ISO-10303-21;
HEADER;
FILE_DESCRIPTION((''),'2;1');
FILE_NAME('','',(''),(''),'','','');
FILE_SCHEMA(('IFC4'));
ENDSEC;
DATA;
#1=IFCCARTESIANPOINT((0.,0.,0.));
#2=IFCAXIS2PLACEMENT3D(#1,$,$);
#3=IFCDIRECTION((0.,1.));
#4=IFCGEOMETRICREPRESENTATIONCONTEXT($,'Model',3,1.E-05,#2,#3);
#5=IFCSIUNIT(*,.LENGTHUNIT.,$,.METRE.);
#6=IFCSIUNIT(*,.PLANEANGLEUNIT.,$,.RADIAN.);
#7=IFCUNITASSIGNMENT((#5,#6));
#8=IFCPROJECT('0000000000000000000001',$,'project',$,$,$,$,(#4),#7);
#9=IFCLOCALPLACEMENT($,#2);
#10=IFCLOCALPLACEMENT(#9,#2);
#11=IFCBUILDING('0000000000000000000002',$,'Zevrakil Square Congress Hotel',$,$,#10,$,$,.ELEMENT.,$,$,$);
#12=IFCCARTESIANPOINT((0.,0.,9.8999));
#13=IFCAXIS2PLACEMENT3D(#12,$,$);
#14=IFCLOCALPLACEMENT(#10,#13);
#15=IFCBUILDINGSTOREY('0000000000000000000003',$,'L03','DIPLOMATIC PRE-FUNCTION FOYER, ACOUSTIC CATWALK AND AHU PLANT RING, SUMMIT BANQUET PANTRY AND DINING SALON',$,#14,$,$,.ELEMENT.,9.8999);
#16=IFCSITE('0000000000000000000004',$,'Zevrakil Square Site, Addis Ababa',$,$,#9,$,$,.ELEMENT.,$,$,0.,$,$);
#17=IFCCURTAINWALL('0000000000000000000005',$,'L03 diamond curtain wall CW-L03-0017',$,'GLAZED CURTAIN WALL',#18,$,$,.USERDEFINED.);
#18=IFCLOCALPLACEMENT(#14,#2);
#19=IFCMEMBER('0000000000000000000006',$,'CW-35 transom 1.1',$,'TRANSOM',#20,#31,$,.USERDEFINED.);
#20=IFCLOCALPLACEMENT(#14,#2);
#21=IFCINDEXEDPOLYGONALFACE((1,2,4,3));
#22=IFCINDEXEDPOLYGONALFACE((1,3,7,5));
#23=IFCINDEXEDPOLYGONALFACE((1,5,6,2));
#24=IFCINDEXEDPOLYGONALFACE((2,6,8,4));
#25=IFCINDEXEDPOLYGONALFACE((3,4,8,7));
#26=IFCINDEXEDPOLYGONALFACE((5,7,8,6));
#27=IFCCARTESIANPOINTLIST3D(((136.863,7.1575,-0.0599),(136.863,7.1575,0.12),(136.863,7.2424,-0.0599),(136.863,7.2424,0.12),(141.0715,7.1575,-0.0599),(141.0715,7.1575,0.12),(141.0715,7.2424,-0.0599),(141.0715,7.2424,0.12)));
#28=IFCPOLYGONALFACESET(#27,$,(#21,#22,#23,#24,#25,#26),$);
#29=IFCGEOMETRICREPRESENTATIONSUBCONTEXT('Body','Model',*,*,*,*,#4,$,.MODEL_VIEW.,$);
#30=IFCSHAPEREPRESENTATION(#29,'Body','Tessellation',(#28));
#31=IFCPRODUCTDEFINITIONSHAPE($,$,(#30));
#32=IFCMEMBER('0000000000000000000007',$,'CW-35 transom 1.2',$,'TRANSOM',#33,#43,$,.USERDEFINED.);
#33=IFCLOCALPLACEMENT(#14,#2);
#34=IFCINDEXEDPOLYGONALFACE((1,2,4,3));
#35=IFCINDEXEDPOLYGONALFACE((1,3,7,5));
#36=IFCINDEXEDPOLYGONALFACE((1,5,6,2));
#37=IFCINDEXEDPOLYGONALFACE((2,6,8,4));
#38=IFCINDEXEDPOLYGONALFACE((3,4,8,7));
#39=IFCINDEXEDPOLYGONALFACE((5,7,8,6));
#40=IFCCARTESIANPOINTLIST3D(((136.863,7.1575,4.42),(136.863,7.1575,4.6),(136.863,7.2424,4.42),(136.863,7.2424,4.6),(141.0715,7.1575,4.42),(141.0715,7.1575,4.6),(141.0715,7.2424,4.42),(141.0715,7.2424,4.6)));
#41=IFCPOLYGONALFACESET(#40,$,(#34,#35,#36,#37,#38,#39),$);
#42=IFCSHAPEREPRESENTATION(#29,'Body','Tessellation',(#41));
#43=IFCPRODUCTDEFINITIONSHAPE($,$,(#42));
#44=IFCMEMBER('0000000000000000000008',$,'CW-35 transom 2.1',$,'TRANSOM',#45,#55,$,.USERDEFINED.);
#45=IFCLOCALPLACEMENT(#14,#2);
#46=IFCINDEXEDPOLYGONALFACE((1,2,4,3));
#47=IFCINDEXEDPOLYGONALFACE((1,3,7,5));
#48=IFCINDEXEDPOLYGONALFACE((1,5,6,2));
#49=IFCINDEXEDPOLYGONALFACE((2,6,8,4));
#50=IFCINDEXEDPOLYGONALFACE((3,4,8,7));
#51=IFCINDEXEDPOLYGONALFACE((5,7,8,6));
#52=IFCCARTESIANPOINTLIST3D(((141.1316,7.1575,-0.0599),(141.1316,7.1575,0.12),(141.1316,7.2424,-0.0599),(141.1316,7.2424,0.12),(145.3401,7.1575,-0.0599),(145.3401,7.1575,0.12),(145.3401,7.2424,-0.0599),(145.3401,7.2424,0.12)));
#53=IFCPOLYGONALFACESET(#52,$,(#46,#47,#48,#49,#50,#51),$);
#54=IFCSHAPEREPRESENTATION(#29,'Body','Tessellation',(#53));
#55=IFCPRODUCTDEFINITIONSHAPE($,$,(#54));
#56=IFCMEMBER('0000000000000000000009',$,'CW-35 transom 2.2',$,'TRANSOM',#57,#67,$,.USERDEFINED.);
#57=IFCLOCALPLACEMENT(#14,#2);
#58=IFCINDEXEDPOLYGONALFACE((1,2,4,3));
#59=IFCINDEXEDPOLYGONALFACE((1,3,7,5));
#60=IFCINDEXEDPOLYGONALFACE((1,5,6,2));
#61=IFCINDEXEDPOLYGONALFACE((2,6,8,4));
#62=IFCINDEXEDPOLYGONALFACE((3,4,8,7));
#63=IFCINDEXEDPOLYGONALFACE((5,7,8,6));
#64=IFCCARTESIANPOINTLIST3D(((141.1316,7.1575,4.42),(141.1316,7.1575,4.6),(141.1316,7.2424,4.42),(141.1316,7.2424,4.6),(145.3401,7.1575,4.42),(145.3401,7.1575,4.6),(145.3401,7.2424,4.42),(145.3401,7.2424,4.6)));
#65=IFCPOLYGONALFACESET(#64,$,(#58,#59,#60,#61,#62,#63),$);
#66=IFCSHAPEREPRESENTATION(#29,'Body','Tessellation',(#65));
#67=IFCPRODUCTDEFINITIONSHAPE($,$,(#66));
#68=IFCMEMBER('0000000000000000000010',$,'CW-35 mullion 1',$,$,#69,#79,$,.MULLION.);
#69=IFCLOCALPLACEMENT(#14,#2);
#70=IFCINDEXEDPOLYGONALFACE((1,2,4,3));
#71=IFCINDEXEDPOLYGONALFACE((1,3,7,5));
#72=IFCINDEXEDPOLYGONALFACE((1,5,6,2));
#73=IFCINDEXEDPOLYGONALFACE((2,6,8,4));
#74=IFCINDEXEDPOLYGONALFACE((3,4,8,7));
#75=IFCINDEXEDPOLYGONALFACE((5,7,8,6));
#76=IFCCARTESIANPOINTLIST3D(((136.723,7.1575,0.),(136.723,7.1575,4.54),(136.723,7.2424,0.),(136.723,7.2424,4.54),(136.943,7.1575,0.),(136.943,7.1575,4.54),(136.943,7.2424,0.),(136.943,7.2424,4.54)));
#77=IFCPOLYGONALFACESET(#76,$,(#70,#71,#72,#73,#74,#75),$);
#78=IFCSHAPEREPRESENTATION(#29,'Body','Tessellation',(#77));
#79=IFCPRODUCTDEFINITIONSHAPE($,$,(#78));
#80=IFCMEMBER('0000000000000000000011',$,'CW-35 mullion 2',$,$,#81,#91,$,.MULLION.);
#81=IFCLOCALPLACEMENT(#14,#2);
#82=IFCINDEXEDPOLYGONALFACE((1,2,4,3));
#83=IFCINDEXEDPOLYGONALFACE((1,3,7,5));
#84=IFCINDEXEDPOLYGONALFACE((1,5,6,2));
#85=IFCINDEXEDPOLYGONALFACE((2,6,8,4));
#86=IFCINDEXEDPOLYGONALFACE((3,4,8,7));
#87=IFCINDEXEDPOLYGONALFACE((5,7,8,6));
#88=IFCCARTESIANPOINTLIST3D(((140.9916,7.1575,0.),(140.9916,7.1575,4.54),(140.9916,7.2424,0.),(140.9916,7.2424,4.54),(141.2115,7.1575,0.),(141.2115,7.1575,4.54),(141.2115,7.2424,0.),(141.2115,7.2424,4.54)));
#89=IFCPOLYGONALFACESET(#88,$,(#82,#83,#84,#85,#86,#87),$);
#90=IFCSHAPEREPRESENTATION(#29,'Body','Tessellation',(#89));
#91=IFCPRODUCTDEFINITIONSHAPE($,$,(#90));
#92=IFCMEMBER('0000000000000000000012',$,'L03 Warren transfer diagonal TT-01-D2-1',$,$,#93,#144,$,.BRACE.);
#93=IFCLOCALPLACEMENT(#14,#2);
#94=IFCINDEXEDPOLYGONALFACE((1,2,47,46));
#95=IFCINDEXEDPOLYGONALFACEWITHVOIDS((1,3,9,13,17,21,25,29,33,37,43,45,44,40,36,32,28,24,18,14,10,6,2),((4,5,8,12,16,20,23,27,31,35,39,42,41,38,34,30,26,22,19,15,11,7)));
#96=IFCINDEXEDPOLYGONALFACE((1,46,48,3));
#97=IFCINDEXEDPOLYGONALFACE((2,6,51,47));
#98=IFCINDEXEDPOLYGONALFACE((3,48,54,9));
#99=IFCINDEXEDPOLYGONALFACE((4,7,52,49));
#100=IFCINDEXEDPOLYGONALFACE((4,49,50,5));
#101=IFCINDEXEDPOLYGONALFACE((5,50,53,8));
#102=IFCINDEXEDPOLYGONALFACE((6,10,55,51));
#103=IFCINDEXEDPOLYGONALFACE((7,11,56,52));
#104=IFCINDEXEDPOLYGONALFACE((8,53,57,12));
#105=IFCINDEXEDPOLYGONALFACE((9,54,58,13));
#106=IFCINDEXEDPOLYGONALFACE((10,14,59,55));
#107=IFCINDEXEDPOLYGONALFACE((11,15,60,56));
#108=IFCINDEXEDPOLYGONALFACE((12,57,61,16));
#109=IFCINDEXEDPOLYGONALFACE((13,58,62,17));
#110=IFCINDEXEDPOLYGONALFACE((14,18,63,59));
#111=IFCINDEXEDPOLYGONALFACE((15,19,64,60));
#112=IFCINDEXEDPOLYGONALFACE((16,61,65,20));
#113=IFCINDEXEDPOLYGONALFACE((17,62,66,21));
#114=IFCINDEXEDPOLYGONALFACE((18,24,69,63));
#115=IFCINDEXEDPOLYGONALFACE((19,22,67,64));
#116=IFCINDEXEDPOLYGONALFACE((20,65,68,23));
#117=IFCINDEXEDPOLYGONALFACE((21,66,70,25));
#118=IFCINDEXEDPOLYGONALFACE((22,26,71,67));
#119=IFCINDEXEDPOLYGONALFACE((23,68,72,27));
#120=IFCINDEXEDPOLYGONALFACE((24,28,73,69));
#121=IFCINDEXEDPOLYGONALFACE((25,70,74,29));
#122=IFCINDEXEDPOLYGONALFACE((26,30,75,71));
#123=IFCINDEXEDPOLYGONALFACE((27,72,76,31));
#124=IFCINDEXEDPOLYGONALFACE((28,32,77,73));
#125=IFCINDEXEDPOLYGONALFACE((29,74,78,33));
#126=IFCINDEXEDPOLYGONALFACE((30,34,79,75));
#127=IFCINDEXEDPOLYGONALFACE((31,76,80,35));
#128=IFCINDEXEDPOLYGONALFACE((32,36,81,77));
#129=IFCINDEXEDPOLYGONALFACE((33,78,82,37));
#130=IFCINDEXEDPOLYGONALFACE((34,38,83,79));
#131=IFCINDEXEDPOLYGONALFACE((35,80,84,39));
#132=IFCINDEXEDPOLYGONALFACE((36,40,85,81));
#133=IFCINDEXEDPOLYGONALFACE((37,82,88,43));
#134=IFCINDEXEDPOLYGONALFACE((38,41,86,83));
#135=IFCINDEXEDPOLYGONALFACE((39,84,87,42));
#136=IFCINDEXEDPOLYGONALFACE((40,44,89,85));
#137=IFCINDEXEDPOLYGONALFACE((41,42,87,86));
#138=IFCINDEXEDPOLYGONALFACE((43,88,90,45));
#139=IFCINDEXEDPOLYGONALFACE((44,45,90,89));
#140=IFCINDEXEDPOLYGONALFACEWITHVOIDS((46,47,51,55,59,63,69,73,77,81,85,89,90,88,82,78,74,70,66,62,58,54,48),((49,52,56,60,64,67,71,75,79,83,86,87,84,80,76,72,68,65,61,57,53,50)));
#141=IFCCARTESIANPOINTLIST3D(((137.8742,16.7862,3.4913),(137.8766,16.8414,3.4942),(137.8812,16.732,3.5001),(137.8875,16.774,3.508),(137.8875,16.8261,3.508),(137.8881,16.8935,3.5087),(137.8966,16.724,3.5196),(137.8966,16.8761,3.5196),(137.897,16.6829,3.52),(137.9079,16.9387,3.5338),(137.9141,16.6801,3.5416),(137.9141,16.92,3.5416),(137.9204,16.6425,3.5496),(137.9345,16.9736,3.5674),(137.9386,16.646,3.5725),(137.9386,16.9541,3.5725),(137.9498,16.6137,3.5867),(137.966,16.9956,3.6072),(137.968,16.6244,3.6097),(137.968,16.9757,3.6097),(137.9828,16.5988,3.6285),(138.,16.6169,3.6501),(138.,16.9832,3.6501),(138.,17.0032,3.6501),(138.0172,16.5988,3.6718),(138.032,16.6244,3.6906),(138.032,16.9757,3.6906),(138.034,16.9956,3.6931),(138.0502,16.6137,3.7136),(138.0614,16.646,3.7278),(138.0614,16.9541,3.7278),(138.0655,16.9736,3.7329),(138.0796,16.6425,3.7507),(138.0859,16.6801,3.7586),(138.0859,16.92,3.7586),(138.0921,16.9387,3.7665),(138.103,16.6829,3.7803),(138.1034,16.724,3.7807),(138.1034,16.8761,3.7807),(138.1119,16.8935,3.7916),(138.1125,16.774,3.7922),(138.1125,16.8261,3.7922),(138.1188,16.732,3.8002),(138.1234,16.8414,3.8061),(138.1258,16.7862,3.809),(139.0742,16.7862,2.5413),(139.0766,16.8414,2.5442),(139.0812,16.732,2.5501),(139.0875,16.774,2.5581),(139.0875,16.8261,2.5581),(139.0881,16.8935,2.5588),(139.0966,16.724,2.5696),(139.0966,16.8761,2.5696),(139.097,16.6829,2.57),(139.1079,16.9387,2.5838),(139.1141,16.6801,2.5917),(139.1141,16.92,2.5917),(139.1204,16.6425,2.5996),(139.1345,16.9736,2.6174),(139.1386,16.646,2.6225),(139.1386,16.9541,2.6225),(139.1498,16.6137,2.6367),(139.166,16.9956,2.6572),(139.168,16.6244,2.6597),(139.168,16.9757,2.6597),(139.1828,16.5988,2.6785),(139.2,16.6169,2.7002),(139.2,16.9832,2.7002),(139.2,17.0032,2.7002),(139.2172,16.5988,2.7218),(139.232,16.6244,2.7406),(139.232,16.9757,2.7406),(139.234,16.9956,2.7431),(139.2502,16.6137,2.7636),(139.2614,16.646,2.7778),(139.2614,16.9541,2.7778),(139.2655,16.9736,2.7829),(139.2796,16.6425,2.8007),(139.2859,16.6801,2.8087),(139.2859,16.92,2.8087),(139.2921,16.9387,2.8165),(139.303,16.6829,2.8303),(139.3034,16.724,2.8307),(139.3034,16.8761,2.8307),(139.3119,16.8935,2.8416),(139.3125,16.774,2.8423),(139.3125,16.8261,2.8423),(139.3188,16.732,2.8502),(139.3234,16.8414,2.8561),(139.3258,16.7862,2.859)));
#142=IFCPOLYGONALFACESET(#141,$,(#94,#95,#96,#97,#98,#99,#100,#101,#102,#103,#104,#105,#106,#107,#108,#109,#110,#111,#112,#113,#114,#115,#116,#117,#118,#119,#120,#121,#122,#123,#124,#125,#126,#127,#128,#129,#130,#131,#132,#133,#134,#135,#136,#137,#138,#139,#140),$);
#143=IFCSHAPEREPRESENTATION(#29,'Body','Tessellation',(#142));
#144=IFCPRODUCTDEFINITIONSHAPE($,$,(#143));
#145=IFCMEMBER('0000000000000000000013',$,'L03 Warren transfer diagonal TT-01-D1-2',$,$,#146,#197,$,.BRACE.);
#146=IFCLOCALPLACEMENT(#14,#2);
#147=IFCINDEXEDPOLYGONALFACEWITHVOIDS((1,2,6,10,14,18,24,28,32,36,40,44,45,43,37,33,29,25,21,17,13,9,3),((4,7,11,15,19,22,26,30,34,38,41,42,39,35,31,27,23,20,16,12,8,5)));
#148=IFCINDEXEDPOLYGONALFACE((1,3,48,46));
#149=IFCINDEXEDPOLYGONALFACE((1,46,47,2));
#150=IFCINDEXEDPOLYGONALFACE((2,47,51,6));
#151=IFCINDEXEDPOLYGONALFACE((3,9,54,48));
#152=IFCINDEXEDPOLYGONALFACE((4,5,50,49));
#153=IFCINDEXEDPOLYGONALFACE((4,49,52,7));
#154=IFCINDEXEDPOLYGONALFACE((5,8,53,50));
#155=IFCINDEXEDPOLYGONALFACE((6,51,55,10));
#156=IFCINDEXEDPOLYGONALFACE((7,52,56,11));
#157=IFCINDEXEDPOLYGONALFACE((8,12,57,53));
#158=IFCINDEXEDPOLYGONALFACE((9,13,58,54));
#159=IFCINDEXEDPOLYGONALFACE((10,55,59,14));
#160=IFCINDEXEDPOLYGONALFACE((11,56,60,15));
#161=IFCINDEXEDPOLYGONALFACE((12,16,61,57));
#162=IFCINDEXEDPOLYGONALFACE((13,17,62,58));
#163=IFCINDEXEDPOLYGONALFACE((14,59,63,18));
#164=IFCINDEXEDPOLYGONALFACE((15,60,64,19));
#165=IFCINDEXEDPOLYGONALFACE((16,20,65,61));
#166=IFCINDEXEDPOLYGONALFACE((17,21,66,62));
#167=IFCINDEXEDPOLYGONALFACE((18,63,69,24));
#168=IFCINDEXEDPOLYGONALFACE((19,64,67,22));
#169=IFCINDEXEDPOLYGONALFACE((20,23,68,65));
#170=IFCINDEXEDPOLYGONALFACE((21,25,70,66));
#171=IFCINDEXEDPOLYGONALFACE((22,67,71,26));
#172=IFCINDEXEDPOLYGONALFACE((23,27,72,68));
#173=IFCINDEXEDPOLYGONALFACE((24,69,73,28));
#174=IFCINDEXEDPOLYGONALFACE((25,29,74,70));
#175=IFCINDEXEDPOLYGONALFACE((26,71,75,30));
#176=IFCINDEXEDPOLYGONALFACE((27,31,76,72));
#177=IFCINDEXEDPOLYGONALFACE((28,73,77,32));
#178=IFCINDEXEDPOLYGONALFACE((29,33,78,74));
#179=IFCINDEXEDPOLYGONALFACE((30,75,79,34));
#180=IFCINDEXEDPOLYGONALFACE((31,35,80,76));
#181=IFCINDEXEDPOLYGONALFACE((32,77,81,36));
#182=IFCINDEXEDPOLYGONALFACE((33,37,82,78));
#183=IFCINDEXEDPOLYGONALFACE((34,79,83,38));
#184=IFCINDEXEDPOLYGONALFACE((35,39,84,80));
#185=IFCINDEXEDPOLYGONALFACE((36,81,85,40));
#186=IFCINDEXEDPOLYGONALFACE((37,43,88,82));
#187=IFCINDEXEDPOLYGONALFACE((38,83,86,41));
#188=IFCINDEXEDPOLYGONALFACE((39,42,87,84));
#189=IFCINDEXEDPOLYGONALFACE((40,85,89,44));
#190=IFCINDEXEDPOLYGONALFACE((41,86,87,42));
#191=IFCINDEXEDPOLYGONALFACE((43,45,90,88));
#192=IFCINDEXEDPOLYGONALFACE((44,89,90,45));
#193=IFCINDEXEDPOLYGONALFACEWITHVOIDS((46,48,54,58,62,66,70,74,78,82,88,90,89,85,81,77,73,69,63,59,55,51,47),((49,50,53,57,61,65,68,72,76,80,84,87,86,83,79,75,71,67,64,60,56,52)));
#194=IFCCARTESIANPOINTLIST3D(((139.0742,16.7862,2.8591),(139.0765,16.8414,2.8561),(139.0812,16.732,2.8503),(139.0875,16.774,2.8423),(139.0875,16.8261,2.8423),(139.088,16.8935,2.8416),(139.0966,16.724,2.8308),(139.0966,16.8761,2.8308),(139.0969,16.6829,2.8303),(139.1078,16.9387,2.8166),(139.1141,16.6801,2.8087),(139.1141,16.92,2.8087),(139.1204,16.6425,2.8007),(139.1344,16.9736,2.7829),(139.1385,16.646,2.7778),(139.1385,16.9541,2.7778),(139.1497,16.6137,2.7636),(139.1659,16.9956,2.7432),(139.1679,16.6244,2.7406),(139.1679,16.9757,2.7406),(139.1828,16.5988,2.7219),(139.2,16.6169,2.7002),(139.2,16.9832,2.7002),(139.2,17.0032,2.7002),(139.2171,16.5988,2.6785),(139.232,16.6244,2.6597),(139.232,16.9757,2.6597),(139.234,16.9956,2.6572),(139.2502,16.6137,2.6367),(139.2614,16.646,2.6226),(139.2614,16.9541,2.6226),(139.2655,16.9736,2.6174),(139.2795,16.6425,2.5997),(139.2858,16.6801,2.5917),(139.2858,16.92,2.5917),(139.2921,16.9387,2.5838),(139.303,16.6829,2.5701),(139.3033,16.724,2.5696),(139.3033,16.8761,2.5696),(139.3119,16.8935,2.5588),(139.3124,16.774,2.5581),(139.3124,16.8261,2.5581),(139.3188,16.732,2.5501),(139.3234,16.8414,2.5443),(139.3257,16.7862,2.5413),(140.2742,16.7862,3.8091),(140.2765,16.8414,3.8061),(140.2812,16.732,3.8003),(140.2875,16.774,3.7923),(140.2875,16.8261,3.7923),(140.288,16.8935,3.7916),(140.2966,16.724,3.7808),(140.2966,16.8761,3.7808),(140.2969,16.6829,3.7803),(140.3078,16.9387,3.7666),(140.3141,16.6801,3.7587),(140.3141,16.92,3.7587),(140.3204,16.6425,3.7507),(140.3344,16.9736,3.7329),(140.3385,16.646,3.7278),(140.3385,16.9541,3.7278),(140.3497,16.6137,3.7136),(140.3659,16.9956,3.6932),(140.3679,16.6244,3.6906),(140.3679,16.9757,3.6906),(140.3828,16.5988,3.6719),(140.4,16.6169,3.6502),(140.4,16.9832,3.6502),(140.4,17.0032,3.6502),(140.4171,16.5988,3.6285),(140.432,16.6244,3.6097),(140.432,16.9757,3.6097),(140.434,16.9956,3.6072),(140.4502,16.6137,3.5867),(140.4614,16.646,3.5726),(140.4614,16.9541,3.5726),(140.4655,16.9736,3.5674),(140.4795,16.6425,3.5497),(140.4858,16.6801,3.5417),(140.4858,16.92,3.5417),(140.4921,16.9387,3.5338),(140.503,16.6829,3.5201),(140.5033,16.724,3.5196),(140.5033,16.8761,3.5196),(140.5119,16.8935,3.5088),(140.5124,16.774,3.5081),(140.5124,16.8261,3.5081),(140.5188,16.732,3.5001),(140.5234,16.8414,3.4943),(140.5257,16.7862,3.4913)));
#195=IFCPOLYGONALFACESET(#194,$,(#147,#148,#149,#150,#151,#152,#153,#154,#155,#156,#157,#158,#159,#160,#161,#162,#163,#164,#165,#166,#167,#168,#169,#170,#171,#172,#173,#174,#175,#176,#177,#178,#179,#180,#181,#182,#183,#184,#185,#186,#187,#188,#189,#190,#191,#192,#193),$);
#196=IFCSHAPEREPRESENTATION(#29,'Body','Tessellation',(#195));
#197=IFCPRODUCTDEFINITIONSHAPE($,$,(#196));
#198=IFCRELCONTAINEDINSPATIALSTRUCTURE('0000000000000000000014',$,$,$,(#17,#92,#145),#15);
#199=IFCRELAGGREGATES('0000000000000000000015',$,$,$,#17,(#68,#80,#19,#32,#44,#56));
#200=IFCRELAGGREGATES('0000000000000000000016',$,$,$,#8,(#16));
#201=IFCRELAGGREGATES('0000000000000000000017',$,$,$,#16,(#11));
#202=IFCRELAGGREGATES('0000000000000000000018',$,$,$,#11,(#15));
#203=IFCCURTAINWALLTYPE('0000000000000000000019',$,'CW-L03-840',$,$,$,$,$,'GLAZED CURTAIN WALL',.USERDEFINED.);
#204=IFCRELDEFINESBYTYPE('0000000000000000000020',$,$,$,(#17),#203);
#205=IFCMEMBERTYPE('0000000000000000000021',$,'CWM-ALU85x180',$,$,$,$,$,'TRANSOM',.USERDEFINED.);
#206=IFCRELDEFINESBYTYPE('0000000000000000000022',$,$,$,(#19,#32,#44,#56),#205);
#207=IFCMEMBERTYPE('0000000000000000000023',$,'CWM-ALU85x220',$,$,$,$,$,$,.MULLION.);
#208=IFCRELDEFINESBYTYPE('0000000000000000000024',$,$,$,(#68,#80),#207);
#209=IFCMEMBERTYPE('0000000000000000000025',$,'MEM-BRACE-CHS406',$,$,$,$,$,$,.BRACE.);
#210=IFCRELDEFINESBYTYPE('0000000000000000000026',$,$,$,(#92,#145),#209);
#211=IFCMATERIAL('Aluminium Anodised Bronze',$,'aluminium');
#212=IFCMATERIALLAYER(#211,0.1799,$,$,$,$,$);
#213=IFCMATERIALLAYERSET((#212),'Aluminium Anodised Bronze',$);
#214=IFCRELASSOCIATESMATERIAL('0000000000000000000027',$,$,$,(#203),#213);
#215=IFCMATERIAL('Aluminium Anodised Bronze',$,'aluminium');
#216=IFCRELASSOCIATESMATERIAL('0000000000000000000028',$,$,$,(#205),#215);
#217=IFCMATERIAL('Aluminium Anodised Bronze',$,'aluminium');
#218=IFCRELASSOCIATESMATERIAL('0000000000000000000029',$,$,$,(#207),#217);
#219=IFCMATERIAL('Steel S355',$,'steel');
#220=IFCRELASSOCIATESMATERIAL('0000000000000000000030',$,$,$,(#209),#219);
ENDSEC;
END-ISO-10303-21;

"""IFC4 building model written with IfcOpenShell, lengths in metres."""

from ifc_helpers import new_model, si_unit, direction, frame, origin, origin_2d, place, context, subcontext, project, spatial, rectangle, hollow_circle, extrude, material, layer, layer_set, material_profile, profile_set, type_object, element, aggregate, save


model = new_model("IFC4")

# Units and contexts
model_context = context("Model", 3, precision=1e-05, world=origin(), true_north=direction((0.0, 1.0)))
body_context = subcontext(model_context, "Body", "Model", "MODEL_VIEW")
ifc_project = project(units=[si_unit("LENGTHUNIT", "METRE"), si_unit("PLANEANGLEUNIT", "RADIAN")], contexts=[model_context])

# Site, building, storey
site_placement = place(None, origin())
site = spatial("IfcSite", under=ifc_project, at=site_placement, Name="Zevrakil Square Site, Addis Ababa", CompositionType="ELEMENT", RefElevation=0.0)
building_placement = place(site_placement, origin())
building = spatial("IfcBuilding", under=site, at=building_placement, Name="Zevrakil Square Congress Hotel", CompositionType="ELEMENT")
storey_placement = place(building_placement, frame((0.0, 0.0, 9.8999)))
storey = spatial("IfcBuildingStorey", under=building, at=storey_placement, Name="L03", Description="DIPLOMATIC PRE-FUNCTION FOYER, ACOUSTIC CATWALK AND AHU PLANT RING, SUMMIT BANQUET PANTRY AND DINING SALON", CompositionType="ELEMENT", Elevation=9.8999)

# Curtain wall, members
ifc_material_1 = material(Name="Aluminium Anodised Bronze", Category="aluminium")
ifc_layer_1 = layer(ifc_material_1, 0.1799)
ifc_layer_set_1 = layer_set([ifc_layer_1], Name="Aluminium Anodised Bronze")
curtain_wall_type = type_object("IfcCurtainWallType", Name="CW-L03-840", ElementType="GLAZED CURTAIN WALL", PredefinedType="USERDEFINED", material=ifc_layer_set_1)
curtain_wall_placement = place(storey_placement, origin())
curtain_wall = element("IfcCurtainWall", 1, at=curtain_wall_placement, inside=storey, type_object=curtain_wall_type, Name="L03 diamond curtain wall CW-L03-0017", ObjectType="GLAZED CURTAIN WALL", PredefinedType="USERDEFINED")
ifc_material_2 = material(Name="Aluminium Anodised Bronze", Category="aluminium")
ifc_material_profile_1 = material_profile(ifc_material_2, rectangle(XDim=0.085, YDim=0.1799, at=origin_2d()), Name="ALU 85x180")
ifc_profile_set_1 = profile_set([ifc_material_profile_1], Name="Aluminium Anodised Bronze")
member_type_1 = type_object("IfcMemberType", Name="CWM-ALU85x180", ElementType="TRANSOM", PredefinedType="USERDEFINED", material=ifc_profile_set_1)
member_1_placement = place(storey_placement, frame((136.863, 7.2, 0.03), z_axis=(1.0, 0.0, 0.0), x_axis=(0.0, 1.0, 0.0)))
member_1 = element("IfcMember", 2, at=member_1_placement, type_object=member_type_1, Name="CW-35 transom 1.1", ObjectType="TRANSOM", PredefinedType="USERDEFINED", context=body_context, shape_type="SweptSolid", body=[
    extrude(rectangle(XDim=0.085, YDim=0.1799, at=origin_2d()), origin(), (0.0, 0.0, 1.0), 4.2085),
])
member_2_placement = place(storey_placement, frame((136.863, 7.2, 4.51), z_axis=(1.0, 0.0, 0.0), x_axis=(0.0, 1.0, 0.0)))
member_2 = element("IfcMember", 3, at=member_2_placement, type_object=member_type_1, Name="CW-35 transom 1.2", ObjectType="TRANSOM", PredefinedType="USERDEFINED", context=body_context, shape_type="SweptSolid", body=[
    extrude(rectangle(XDim=0.085, YDim=0.1799, at=origin_2d()), origin(), (0.0, 0.0, 1.0), 4.2085),
])
member_3_placement = place(storey_placement, frame((141.1316, 7.2, 0.03), z_axis=(1.0, 0.0, 0.0), x_axis=(0.0, 1.0, 0.0)))
member_3 = element("IfcMember", 4, at=member_3_placement, type_object=member_type_1, Name="CW-35 transom 2.1", ObjectType="TRANSOM", PredefinedType="USERDEFINED", context=body_context, shape_type="SweptSolid", body=[
    extrude(rectangle(XDim=0.085, YDim=0.1799, at=origin_2d()), origin(), (0.0, 0.0, 1.0), 4.2085),
])
member_4_placement = place(storey_placement, frame((141.1316, 7.2, 4.51), z_axis=(1.0, 0.0, 0.0), x_axis=(0.0, 1.0, 0.0)))
member_4 = element("IfcMember", 5, at=member_4_placement, type_object=member_type_1, Name="CW-35 transom 2.2", ObjectType="TRANSOM", PredefinedType="USERDEFINED", context=body_context, shape_type="SweptSolid", body=[
    extrude(rectangle(XDim=0.085, YDim=0.1799, at=origin_2d()), origin(), (0.0, 0.0, 1.0), 4.2085),
])
ifc_material_3 = material(Name="Aluminium Anodised Bronze", Category="aluminium")
ifc_material_profile_2 = material_profile(ifc_material_3, rectangle(XDim=0.085, YDim=0.22, at=origin_2d()), Name="ALU 85x220")
ifc_profile_set_2 = profile_set([ifc_material_profile_2], Name="Aluminium Anodised Bronze")
member_type_2 = type_object("IfcMemberType", Name="CWM-ALU85x220", PredefinedType="MULLION", material=ifc_profile_set_2)
member_5_placement = place(storey_placement, frame((136.833, 7.2, 0.0), z_axis=(0.0, 0.0, 1.0), x_axis=(0.0, 1.0, 0.0)))
member_5 = element("IfcMember", 6, at=member_5_placement, type_object=member_type_2, Name="CW-35 mullion 1", PredefinedType="MULLION", context=body_context, shape_type="SweptSolid", body=[
    extrude(rectangle(XDim=0.085, YDim=0.22, at=origin_2d()), origin(), (0.0, 0.0, 1.0), 4.54),
])
member_6_placement = place(storey_placement, frame((141.1016, 7.2, 0.0), z_axis=(0.0, 0.0, 1.0), x_axis=(0.0, 1.0, 0.0)))
member_6 = element("IfcMember", 7, at=member_6_placement, type_object=member_type_2, Name="CW-35 mullion 2", PredefinedType="MULLION", context=body_context, shape_type="SweptSolid", body=[
    extrude(rectangle(XDim=0.085, YDim=0.22, at=origin_2d()), origin(), (0.0, 0.0, 1.0), 4.54),
])

# Members
ifc_material_4 = material(Name="Steel S355", Category="steel")
ifc_material_profile_3 = material_profile(ifc_material_4, hollow_circle(Radius=0.2031, WallThickness=0.02, at=origin_2d()), Name="CHS 406.4x20")
ifc_profile_set_3 = profile_set([ifc_material_profile_3], Name="Steel S355")
member_type_3 = type_object("IfcMemberType", Name="MEM-BRACE-CHS406", PredefinedType="BRACE", material=ifc_profile_set_3)
for number, where, z_axis, x_axis, name in (
    (8, (138.0, 16.8, 3.6501), (0.784049, 0.0, -0.620699), (0.0, 1.0, 0.0), "L03 Warren transfer diagonal TT-01-D2-1"),
    (9, (139.2, 16.8, 2.7002), (0.784049, 0.0, 0.620699), (0.0, 1.0, 0.0), "L03 Warren transfer diagonal TT-01-D1-2"),
):
    element("IfcMember", number, at=place(storey_placement, frame(where, z_axis=z_axis, x_axis=x_axis)), inside=storey, type_object=member_type_3, Name=name, PredefinedType="BRACE", context=body_context, shape_type="SweptSolid", body=[
        extrude(hollow_circle(Radius=0.2031, WallThickness=0.02, at=origin_2d()), origin(), (0.0, 0.0, 1.0), 1.5305),
    ])

aggregate(curtain_wall, [member_5, member_6, member_1, member_2, member_3, member_4])

save(model, "model.ifc")
